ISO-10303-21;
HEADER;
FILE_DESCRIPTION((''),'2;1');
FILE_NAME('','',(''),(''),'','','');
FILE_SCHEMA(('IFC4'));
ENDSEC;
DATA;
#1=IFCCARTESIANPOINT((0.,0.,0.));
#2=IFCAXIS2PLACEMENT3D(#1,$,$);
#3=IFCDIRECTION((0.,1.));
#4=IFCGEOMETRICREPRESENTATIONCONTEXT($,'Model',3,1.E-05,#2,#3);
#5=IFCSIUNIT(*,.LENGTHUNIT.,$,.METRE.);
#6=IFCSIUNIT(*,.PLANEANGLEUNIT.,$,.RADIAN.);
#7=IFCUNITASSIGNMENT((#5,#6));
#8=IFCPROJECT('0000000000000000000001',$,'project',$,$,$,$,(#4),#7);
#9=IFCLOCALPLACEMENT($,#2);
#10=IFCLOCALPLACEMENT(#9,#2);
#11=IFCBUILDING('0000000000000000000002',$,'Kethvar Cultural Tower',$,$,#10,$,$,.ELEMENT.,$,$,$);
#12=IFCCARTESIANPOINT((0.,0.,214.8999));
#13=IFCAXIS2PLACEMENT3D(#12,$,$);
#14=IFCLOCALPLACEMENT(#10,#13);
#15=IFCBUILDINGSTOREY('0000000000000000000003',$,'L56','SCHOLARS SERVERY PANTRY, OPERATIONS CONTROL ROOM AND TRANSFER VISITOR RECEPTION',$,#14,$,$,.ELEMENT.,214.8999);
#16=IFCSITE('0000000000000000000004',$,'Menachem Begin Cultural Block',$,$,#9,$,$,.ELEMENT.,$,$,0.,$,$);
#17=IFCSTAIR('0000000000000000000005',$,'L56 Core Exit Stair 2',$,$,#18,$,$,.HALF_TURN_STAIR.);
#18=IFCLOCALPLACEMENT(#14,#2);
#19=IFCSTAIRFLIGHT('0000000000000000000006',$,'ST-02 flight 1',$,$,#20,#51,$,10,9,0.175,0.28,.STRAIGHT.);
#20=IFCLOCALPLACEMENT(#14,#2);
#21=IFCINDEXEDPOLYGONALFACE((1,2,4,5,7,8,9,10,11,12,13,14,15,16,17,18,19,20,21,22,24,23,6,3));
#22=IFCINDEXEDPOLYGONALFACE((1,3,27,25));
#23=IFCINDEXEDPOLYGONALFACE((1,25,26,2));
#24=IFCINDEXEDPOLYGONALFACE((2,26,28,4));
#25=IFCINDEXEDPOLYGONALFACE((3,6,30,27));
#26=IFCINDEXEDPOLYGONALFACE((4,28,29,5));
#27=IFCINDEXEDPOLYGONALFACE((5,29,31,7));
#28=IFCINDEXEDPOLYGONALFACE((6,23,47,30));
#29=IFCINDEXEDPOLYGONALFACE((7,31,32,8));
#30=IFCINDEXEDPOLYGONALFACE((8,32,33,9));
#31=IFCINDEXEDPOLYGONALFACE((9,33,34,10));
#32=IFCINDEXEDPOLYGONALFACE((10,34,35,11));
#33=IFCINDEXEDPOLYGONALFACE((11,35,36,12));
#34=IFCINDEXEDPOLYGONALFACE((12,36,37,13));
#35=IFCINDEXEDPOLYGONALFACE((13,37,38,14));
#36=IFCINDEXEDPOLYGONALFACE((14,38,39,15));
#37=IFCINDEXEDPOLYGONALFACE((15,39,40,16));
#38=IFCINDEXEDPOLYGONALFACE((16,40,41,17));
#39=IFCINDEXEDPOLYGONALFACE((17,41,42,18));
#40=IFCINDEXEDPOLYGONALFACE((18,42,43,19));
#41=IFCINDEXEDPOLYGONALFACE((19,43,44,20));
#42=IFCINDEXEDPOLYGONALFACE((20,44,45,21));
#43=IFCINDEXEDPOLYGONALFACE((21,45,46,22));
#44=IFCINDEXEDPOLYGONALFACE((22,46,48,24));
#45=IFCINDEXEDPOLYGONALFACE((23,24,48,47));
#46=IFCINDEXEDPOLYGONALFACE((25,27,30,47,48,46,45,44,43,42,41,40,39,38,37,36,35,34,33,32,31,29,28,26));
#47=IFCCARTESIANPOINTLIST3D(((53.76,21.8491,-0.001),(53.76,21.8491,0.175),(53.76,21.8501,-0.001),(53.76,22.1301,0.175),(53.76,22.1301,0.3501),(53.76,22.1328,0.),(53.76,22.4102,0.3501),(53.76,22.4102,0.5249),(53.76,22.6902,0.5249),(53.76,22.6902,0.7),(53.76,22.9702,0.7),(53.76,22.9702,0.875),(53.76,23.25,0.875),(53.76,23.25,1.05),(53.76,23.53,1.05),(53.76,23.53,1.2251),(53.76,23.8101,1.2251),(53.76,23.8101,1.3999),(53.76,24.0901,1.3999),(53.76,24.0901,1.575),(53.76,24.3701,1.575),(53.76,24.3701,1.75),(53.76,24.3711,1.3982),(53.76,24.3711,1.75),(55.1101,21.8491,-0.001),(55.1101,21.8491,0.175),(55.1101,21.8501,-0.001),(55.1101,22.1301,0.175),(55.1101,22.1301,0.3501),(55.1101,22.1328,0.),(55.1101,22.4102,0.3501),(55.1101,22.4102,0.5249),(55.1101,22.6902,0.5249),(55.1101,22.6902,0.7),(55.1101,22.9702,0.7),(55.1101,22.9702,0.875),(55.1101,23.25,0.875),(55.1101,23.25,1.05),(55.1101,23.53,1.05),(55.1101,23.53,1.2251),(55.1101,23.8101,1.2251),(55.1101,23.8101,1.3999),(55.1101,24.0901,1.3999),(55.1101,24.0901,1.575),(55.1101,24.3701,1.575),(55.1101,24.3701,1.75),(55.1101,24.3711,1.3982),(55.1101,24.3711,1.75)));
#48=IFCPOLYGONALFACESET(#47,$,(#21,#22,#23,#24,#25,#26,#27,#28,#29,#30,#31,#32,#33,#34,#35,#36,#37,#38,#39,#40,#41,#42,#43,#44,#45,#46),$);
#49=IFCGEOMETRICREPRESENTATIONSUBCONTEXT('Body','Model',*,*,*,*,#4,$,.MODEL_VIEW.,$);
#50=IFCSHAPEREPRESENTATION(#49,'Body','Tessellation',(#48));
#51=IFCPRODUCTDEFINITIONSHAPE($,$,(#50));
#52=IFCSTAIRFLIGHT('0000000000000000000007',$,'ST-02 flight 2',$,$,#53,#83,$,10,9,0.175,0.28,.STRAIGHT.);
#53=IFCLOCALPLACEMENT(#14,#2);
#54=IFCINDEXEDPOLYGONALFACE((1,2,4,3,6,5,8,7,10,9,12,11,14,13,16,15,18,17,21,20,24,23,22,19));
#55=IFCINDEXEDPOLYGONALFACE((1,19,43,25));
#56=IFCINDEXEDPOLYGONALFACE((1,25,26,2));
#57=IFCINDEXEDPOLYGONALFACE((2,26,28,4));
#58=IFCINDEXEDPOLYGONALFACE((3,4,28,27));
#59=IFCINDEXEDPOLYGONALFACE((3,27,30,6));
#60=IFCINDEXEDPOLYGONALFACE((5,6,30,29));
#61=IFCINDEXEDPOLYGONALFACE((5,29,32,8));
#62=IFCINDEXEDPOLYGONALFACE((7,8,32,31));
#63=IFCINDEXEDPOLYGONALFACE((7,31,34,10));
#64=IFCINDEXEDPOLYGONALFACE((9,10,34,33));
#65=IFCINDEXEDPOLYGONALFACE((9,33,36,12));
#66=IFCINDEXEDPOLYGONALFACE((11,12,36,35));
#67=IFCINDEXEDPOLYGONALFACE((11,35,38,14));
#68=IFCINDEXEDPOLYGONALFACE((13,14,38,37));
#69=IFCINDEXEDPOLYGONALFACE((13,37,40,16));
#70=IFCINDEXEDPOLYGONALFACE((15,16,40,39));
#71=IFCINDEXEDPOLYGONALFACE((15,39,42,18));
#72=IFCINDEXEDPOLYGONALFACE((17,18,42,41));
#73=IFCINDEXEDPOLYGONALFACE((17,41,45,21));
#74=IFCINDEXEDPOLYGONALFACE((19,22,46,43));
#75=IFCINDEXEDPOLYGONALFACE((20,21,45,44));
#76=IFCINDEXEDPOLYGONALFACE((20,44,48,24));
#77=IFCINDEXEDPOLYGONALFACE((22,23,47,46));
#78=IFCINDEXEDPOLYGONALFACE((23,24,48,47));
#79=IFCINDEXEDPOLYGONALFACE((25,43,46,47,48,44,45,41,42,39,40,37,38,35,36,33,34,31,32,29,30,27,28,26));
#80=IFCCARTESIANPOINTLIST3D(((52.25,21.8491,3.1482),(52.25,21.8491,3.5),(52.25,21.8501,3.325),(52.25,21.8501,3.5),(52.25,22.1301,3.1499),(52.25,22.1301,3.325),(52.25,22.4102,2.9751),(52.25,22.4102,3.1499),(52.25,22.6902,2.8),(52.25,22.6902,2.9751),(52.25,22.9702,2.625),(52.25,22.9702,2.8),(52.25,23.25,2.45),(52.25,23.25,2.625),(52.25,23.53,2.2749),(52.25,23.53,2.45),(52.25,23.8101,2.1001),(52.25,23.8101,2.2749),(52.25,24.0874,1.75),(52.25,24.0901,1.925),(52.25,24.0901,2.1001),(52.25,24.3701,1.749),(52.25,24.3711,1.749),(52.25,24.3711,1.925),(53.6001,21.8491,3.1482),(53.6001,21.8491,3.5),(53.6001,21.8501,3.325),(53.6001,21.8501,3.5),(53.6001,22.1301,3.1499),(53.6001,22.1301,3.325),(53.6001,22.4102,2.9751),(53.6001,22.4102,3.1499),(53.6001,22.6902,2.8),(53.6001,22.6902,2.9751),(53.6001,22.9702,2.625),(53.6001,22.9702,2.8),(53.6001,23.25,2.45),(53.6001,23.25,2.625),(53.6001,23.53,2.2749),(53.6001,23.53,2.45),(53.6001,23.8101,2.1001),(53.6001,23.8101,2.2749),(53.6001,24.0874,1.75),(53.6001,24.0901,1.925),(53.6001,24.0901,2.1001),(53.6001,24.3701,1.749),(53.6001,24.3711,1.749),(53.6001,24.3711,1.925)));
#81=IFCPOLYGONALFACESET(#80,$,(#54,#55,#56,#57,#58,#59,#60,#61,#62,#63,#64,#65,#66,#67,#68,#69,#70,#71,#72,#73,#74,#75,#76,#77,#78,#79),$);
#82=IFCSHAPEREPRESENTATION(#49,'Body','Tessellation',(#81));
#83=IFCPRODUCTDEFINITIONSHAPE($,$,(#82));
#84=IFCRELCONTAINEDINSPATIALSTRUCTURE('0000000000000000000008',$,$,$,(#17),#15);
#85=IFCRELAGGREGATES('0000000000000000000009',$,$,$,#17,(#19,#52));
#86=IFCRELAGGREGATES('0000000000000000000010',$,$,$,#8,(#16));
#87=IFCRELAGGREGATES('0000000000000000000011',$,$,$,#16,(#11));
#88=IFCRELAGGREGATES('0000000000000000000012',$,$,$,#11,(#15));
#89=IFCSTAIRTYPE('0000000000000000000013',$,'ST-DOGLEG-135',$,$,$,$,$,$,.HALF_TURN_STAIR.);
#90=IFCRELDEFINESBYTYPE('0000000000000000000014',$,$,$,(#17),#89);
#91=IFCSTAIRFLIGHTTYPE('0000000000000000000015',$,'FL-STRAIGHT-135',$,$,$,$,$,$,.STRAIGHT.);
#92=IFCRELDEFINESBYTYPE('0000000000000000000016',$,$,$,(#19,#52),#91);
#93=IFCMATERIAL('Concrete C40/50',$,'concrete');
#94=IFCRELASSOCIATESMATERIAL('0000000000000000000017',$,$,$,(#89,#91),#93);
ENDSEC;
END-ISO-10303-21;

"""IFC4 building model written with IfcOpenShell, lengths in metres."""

from ifc_helpers import new_model, si_unit, direction, frame, origin, place, context, subcontext, project, spatial, polyline, outline, extrude, material, type_object, element, aggregate, save


model = new_model("IFC4")

# Units and contexts
model_context = context("Model", 3, precision=1e-05, world=origin(), true_north=direction((0.0, 1.0)))
body_context = subcontext(model_context, "Body", "Model", "MODEL_VIEW")
ifc_project = project(units=[si_unit("LENGTHUNIT", "METRE"), si_unit("PLANEANGLEUNIT", "RADIAN")], contexts=[model_context])

# Site, building, storey
site_placement = place(None, origin())
site = spatial("IfcSite", under=ifc_project, at=site_placement, Name="Menachem Begin Cultural Block", CompositionType="ELEMENT", RefElevation=0.0)
building_placement = place(site_placement, origin())
building = spatial("IfcBuilding", under=site, at=building_placement, Name="Kethvar Cultural Tower", CompositionType="ELEMENT")
storey_placement = place(building_placement, frame((0.0, 0.0, 214.8999)))
storey = spatial("IfcBuildingStorey", under=building, at=storey_placement, Name="L56", Description="SCHOLARS SERVERY PANTRY, OPERATIONS CONTROL ROOM AND TRANSFER VISITOR RECEPTION", CompositionType="ELEMENT", Elevation=214.8999)

# Stair, stair flights
ifc_material_1 = material(Name="Concrete C40/50", Category="concrete")
stair_type = type_object("IfcStairType", Name="ST-DOGLEG-135", PredefinedType="HALF_TURN_STAIR", material=ifc_material_1)
stair_placement = place(storey_placement, origin())
stair = element("IfcStair", 1, at=stair_placement, inside=storey, type_object=stair_type, Name="L56 Core Exit Stair 2", PredefinedType="HALF_TURN_STAIR")
stair_flight_type = type_object("IfcStairFlightType", Name="FL-STRAIGHT-135", PredefinedType="STRAIGHT", material=ifc_material_1)
stair_flight_1_placement = place(storey_placement, frame((54.4351, 21.8501, 0.0), z_axis=(0.0, 0.0, 1.0), x_axis=(0.0, 1.0, 0.0)))
stair_flight_1 = element("IfcStairFlight", 2, at=stair_flight_1_placement, type_object=stair_flight_type, Name="ST-02 flight 1", NumberOfRisers=10, NumberOfTreads=9, PredefinedType="STRAIGHT", RiserHeight=0.175, TreadLength=0.28, context=body_context, shape_type="SweptSolid", body=[
    extrude(outline(polyline([(-0.001, -0.001), (-0.001, 0.175), (0.28, 0.175), (0.28, 0.3501), (0.5601, 0.3501), (0.5601, 0.5249), (0.8401, 0.5249), (0.8401, 0.7), (1.1201, 0.7), (1.1201, 0.875), (1.3999, 0.875), (1.3999, 1.05), (1.6799, 1.05), (1.6799, 1.2251), (1.96, 1.2251), (1.96, 1.3999), (2.24, 1.3999), (2.24, 1.575), (2.52, 1.575), (2.52, 1.75), (2.521, 1.75), (2.521, 1.3982), (0.2827, 0.0), (0.0, -0.001), (-0.001, -0.001)])), frame((0.0, 0.675, 0.0), z_axis=(0.0, -1.0, 0.0), x_axis=(1.0, 0.0, 0.0)), (0.0, 0.0, 1.0), 1.3501),
])
stair_flight_2_placement = place(storey_placement, frame((52.925, 24.3701, 1.75), z_axis=(0.0, 0.0, 1.0), x_axis=(0.0, -1.0, 0.0)))
stair_flight_2 = element("IfcStairFlight", 3, at=stair_flight_2_placement, type_object=stair_flight_type, Name="ST-02 flight 2", NumberOfRisers=10, NumberOfTreads=9, PredefinedType="STRAIGHT", RiserHeight=0.175, TreadLength=0.28, context=body_context, shape_type="SweptSolid", body=[
    extrude(outline(polyline([(-0.001, -0.001), (-0.001, 0.175), (0.28, 0.175), (0.28, 0.3501), (0.5601, 0.3501), (0.5601, 0.5249), (0.8401, 0.5249), (0.8401, 0.7), (1.1201, 0.7), (1.1201, 0.875), (1.3999, 0.875), (1.3999, 1.05), (1.6799, 1.05), (1.6799, 1.2251), (1.96, 1.2251), (1.96, 1.3999), (2.24, 1.3999), (2.24, 1.575), (2.52, 1.575), (2.52, 1.75), (2.521, 1.75), (2.521, 1.3982), (0.2827, 0.0), (0.0, -0.001), (-0.001, -0.001)])), frame((0.0, 0.675, 0.0), z_axis=(0.0, -1.0, 0.0), x_axis=(1.0, 0.0, 0.0)), (0.0, 0.0, 1.0), 1.3501),
])
aggregate(stair, [stair_flight_1, stair_flight_2])

save(model, "model.ifc")
